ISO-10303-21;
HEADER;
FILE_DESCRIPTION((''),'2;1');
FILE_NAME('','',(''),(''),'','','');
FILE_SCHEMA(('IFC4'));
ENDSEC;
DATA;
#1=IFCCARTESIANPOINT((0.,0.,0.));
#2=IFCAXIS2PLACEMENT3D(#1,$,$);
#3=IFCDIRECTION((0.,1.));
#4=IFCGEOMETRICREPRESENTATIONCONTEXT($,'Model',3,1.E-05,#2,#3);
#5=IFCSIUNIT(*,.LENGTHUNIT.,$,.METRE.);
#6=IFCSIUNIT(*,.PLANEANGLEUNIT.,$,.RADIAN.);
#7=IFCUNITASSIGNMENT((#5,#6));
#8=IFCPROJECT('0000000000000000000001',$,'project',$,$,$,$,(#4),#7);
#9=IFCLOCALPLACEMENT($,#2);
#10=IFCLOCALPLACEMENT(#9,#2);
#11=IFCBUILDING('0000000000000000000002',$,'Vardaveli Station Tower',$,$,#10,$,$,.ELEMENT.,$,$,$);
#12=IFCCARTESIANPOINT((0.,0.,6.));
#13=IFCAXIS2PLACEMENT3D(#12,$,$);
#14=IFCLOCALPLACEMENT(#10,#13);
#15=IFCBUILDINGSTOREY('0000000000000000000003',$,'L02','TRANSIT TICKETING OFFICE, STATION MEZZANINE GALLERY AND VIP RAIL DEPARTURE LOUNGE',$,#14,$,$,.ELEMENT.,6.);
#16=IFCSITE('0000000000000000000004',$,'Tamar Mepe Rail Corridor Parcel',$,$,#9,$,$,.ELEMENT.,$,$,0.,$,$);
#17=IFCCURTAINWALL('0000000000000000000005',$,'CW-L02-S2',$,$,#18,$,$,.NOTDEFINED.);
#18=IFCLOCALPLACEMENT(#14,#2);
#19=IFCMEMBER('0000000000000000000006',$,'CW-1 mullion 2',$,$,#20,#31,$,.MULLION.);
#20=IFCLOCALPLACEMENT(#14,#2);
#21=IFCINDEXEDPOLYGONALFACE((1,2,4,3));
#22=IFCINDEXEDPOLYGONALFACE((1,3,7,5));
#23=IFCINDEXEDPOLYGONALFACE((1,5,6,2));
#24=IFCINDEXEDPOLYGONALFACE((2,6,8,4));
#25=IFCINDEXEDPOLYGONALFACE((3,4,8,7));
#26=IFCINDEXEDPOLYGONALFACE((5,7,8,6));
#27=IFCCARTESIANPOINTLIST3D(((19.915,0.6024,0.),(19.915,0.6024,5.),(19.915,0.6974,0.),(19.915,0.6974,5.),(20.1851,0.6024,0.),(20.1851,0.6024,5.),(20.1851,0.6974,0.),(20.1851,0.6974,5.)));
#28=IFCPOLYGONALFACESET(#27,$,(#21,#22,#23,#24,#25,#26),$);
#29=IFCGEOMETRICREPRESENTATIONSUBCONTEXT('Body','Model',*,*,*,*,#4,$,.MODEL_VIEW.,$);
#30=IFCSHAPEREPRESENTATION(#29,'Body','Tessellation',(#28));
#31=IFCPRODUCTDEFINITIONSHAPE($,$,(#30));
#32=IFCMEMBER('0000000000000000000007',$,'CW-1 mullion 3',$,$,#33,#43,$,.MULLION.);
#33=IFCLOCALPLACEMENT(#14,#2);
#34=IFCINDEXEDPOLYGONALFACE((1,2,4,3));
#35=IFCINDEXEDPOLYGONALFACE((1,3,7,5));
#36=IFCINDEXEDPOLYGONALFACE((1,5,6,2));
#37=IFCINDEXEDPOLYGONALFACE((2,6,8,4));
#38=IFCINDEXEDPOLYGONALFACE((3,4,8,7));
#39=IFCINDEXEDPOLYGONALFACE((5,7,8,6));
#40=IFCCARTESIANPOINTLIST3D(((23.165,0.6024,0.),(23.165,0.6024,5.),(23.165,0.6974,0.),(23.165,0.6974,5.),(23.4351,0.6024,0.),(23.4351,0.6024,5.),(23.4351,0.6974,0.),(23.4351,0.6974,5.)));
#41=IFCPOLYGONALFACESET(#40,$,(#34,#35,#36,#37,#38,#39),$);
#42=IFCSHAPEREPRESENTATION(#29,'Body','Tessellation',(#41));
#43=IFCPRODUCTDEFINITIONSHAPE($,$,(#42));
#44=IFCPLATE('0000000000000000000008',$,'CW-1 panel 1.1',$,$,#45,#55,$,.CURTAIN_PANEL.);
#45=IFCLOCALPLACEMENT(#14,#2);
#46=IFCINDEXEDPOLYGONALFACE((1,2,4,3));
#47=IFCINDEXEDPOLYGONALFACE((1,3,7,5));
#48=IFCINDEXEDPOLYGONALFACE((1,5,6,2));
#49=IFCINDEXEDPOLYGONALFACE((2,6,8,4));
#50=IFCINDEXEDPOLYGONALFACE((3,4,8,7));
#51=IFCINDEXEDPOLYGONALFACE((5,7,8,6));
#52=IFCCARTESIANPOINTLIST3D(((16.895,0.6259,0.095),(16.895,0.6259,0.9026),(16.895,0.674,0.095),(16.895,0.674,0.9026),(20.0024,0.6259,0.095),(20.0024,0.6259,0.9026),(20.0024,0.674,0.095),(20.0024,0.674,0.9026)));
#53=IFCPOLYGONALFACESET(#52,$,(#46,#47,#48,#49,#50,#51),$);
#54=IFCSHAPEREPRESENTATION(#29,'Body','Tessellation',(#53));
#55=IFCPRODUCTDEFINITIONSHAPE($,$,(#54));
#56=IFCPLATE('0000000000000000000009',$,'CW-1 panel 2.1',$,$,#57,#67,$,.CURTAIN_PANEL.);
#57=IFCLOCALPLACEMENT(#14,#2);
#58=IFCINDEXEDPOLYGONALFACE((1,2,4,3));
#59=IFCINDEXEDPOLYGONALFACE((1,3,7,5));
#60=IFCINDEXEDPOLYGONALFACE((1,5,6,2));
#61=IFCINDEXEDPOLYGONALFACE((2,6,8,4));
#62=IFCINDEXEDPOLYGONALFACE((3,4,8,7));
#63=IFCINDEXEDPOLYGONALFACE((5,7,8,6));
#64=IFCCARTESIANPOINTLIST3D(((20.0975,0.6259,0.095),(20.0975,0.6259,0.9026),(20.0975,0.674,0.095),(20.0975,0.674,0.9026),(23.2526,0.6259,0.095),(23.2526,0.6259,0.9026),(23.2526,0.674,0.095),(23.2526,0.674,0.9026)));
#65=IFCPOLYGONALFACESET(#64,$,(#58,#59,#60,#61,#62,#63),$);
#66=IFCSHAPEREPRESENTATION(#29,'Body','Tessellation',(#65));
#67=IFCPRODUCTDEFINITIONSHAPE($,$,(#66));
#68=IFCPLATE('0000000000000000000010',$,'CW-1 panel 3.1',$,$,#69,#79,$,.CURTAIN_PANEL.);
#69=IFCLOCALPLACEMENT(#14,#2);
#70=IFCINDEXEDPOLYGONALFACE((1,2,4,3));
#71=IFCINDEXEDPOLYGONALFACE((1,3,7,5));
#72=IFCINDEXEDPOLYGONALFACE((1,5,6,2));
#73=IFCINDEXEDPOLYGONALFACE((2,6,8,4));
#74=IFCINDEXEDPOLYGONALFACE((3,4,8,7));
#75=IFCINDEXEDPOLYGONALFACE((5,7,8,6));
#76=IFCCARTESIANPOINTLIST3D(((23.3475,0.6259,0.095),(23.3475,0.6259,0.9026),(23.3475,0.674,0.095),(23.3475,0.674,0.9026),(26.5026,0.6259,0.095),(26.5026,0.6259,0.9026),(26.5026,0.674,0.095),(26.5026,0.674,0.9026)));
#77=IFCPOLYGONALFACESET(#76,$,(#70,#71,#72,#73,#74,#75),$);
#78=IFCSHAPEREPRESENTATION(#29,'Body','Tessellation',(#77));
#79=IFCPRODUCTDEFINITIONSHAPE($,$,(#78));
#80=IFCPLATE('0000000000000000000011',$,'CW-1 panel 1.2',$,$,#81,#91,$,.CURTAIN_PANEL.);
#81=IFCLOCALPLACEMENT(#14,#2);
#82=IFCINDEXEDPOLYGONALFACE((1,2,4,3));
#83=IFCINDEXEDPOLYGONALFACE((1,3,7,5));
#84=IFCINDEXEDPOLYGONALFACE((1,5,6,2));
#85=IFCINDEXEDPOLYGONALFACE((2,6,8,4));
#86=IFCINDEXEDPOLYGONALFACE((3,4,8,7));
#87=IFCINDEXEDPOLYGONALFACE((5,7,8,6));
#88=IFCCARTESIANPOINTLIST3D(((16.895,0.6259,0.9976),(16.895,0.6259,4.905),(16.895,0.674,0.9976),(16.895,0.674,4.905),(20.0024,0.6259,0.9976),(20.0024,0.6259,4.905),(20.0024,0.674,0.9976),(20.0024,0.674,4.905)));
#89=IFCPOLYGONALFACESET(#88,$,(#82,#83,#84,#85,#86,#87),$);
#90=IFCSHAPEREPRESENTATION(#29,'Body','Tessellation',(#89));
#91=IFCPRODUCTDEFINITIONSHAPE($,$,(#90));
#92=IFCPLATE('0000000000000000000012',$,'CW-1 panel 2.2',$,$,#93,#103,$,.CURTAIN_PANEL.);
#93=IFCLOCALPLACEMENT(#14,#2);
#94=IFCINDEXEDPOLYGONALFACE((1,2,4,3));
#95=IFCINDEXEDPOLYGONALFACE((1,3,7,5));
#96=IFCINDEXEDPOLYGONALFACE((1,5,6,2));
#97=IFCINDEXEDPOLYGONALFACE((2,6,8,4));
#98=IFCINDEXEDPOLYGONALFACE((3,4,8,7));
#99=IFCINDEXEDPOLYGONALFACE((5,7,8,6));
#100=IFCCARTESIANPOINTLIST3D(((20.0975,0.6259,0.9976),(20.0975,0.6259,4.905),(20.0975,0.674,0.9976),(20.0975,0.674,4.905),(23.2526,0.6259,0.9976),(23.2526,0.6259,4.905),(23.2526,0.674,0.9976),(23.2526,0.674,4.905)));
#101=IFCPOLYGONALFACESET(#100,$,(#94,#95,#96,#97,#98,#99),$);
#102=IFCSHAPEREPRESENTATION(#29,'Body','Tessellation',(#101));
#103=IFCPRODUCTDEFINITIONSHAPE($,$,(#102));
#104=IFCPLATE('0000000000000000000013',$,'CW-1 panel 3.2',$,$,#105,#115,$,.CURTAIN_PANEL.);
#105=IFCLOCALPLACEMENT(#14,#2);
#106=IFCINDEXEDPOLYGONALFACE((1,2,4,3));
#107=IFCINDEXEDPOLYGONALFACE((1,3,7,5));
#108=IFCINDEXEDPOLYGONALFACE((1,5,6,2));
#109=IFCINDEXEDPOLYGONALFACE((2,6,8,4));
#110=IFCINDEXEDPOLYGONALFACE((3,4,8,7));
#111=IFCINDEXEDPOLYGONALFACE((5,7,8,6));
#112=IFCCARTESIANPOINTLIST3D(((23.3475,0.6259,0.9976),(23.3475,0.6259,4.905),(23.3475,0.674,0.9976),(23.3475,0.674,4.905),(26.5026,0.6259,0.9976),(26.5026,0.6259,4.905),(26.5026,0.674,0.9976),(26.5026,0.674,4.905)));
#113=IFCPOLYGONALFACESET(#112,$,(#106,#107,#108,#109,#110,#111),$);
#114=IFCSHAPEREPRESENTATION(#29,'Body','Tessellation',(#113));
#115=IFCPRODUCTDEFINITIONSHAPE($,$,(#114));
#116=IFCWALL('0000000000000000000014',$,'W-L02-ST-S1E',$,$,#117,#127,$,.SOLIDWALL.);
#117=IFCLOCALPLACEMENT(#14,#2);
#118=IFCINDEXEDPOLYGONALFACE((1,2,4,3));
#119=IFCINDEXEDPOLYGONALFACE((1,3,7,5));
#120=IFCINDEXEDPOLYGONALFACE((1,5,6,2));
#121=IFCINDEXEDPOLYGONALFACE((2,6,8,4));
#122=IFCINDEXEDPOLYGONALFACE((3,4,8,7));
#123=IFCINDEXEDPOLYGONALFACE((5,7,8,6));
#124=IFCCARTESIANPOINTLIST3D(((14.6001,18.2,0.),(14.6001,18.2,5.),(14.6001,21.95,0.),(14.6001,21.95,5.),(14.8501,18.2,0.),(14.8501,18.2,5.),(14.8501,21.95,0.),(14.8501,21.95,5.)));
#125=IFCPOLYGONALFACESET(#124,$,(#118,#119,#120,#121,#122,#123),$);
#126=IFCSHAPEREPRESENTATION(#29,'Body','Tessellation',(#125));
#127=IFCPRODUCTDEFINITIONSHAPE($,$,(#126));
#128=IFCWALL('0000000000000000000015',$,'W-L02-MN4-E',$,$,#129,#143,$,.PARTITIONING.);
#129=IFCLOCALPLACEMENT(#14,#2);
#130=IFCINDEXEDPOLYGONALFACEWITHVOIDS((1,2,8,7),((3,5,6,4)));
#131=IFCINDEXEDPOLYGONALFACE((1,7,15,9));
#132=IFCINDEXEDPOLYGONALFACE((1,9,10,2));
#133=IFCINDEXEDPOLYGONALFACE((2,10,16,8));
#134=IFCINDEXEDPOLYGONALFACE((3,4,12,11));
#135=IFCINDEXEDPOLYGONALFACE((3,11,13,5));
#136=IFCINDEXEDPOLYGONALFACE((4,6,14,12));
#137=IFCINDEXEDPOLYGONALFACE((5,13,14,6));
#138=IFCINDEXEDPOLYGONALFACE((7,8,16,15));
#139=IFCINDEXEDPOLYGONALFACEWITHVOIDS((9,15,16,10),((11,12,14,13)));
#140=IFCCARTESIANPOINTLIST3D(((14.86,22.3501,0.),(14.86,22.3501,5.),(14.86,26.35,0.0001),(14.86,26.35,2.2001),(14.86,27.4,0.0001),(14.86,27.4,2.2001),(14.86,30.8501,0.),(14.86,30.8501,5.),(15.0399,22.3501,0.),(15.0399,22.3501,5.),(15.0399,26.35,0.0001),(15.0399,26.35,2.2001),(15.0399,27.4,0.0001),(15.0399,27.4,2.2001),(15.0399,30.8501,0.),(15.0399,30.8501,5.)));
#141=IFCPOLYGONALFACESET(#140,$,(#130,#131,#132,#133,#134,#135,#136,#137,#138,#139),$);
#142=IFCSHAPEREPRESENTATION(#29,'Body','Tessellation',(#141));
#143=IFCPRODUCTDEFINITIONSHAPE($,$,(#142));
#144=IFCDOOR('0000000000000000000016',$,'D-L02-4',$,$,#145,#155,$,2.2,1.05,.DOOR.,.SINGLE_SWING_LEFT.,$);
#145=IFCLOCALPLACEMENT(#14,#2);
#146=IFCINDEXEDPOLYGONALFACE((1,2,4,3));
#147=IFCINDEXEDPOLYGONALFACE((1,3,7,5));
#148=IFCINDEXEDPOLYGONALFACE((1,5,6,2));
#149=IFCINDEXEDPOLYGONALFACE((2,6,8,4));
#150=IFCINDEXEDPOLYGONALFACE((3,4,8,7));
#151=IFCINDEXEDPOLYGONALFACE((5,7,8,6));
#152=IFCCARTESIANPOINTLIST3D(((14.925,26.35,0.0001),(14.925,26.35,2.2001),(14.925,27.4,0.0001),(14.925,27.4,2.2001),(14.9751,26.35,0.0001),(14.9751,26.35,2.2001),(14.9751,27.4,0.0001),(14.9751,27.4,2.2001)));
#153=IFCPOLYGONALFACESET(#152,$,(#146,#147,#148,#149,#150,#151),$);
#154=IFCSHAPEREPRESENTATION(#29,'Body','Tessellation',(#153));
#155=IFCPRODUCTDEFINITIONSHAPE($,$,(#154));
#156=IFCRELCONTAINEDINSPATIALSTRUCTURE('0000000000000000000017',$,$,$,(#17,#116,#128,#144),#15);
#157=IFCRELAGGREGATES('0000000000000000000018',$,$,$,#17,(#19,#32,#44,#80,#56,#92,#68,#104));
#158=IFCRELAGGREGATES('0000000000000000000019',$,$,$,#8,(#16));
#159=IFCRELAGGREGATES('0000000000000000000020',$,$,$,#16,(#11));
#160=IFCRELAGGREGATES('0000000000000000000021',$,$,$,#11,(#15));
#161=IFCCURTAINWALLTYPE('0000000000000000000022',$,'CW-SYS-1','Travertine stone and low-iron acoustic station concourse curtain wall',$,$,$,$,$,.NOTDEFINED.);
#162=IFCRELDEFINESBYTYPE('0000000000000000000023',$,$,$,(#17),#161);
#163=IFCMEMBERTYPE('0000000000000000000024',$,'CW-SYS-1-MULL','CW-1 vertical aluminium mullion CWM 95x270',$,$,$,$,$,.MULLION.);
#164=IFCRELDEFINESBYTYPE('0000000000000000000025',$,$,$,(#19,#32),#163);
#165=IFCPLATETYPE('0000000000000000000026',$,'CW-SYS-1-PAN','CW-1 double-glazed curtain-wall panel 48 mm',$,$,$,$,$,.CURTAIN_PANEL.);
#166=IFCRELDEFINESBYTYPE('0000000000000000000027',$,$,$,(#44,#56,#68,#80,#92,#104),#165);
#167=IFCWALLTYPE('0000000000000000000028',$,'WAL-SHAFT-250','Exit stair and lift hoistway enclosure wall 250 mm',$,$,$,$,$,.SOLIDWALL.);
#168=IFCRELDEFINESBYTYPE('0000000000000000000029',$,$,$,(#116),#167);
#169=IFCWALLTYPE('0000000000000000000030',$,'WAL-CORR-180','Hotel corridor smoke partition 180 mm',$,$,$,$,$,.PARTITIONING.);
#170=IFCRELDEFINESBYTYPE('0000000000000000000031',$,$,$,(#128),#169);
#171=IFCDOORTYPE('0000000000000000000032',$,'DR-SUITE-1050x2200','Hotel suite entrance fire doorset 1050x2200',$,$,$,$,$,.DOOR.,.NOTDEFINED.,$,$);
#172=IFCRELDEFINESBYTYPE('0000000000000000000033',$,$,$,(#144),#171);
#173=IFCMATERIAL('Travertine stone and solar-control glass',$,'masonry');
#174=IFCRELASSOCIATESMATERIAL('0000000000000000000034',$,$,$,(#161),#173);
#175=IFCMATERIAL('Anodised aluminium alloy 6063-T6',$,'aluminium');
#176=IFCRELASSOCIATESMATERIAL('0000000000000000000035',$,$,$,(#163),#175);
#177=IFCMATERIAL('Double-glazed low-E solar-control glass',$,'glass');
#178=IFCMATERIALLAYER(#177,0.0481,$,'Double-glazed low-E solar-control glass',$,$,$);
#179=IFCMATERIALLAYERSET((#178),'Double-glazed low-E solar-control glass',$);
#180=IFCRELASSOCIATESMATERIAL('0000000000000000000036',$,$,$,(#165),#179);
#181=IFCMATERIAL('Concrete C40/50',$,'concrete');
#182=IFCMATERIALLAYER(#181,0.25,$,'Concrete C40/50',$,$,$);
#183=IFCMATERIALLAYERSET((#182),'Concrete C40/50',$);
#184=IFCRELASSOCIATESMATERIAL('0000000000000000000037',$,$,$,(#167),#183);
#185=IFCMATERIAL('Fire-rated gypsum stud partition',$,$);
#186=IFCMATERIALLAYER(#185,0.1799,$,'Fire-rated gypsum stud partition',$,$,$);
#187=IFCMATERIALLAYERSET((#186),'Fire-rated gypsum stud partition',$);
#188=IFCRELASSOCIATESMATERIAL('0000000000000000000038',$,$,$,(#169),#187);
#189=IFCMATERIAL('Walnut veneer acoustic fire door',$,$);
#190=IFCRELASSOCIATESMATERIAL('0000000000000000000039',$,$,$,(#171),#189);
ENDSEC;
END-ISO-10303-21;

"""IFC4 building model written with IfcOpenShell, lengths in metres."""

from ifc_helpers import new_model, si_unit, direction, frame, frame_2d, origin, origin_2d, place, context, subcontext, project, spatial, rectangle, extrude, source, transform, mapped, material, layer, layer_set, material_profile, profile_set, type_object, element, fill, aggregate, save


model = new_model("IFC4")

# Units and contexts
model_context = context("Model", 3, precision=1e-05, world=origin(), true_north=direction((0.0, 1.0)))
body_context = subcontext(model_context, "Body", "Model", "MODEL_VIEW")
ifc_project = project(units=[si_unit("LENGTHUNIT", "METRE"), si_unit("PLANEANGLEUNIT", "RADIAN")], contexts=[model_context])

# Site, building, storey
site_placement = place(None, origin())
site = spatial("IfcSite", under=ifc_project, at=site_placement, Name="Tamar Mepe Rail Corridor Parcel", CompositionType="ELEMENT", RefElevation=0.0)
building_placement = place(site_placement, origin())
building = spatial("IfcBuilding", under=site, at=building_placement, Name="Vardaveli Station Tower", CompositionType="ELEMENT")
storey_placement = place(building_placement, frame((0.0, 0.0, 6.0)))
storey = spatial("IfcBuildingStorey", under=building, at=storey_placement, Name="L02", Description="TRANSIT TICKETING OFFICE, STATION MEZZANINE GALLERY AND VIP RAIL DEPARTURE LOUNGE", CompositionType="ELEMENT", Elevation=6.0)

# Curtain wall, members, plates
ifc_material_1 = material(Name="Travertine stone and solar-control glass", Category="masonry")
curtain_wall_type = type_object("IfcCurtainWallType", Name="CW-SYS-1", Description="Travertine stone and low-iron acoustic station concourse curtain wall", PredefinedType="NOTDEFINED", material=ifc_material_1)
curtain_wall_placement = place(storey_placement, origin())
curtain_wall = element("IfcCurtainWall", 1, at=curtain_wall_placement, inside=storey, type_object=curtain_wall_type, Name="CW-L02-S2", PredefinedType="NOTDEFINED")
ifc_material_2 = material(Name="Anodised aluminium alloy 6063-T6", Category="aluminium")
ifc_material_profile_1 = material_profile(ifc_material_2, rectangle(XDim=0.095, YDim=0.27, at=origin_2d()), Name="CWM 95x270")
ifc_profile_set_1 = profile_set([ifc_material_profile_1], Name="Anodised aluminium alloy 6063-T6")
member_type_1 = type_object("IfcMemberType", Name="CW-SYS-1-MULL", Description="CW-1 vertical aluminium mullion CWM 95x270", PredefinedType="MULLION", material=ifc_profile_set_1)
shared_shape_1 = source(origin(), body_context, "Body", "SweptSolid", [
    extrude(rectangle(XDim=0.095, YDim=0.27, at=origin_2d()), origin(), (0.0, 0.0, 1.0), 5.0),
])
member_1_placement = place(storey_placement, frame((20.05, 0.6499, 0.0), z_axis=(0.0, 0.0, 1.0), x_axis=(0.0, 1.0, 0.0)))
member_1 = element("IfcMember", 2, at=member_1_placement, type_object=member_type_1, Name="CW-1 mullion 2", PredefinedType="MULLION", context=body_context, shape_type="MappedRepresentation", body=[
    mapped(shared_shape_1, transform((0.0, 0.0, 0.0), scale=1.0)),
])
member_2_placement = place(storey_placement, frame((23.3, 0.6499, 0.0), z_axis=(0.0, 0.0, 1.0), x_axis=(0.0, 1.0, 0.0)))
member_2 = element("IfcMember", 3, at=member_2_placement, type_object=member_type_1, Name="CW-1 mullion 3", PredefinedType="MULLION", context=body_context, shape_type="MappedRepresentation", body=[
    mapped(shared_shape_1, transform((0.0, 0.0, 0.0), scale=1.0)),
])
ifc_material_3 = material(Name="Double-glazed low-E solar-control glass", Category="glass")
ifc_layer_1 = layer(ifc_material_3, 0.0481, Name="Double-glazed low-E solar-control glass")
ifc_layer_set_1 = layer_set([ifc_layer_1], Name="Double-glazed low-E solar-control glass")
plate_type = type_object("IfcPlateType", Name="CW-SYS-1-PAN", Description="CW-1 double-glazed curtain-wall panel 48 mm", PredefinedType="CURTAIN_PANEL", material=ifc_layer_set_1)
shared_shape_2 = source(origin(), body_context, "Body", "SweptSolid", [
    extrude(rectangle(XDim=3.1074, YDim=0.0481, at=origin_2d()), origin(), (0.0, 0.0, 1.0), 0.8076),
])
plate_1_placement = place(storey_placement, frame((18.4487, 0.6499, 0.095), z_axis=(0.0, 0.0, 1.0), x_axis=(1.0, 0.0, 0.0)))
plate_1 = element("IfcPlate", 4, at=plate_1_placement, type_object=plate_type, Name="CW-1 panel 1.1", PredefinedType="CURTAIN_PANEL", context=body_context, shape_type="MappedRepresentation", body=[
    mapped(shared_shape_2, transform((0.0, 0.0, 0.0), scale=1.0)),
])
shared_shape_3 = source(origin(), body_context, "Body", "SweptSolid", [
    extrude(rectangle(XDim=3.155, YDim=0.0481, at=origin_2d()), origin(), (0.0, 0.0, 1.0), 0.8076),
])
plate_2_placement = place(storey_placement, frame((21.675, 0.6499, 0.095), z_axis=(0.0, 0.0, 1.0), x_axis=(1.0, 0.0, 0.0)))
plate_2 = element("IfcPlate", 5, at=plate_2_placement, type_object=plate_type, Name="CW-1 panel 2.1", PredefinedType="CURTAIN_PANEL", context=body_context, shape_type="MappedRepresentation", body=[
    mapped(shared_shape_3, transform((0.0, 0.0, 0.0), scale=1.0)),
])
plate_3_placement = place(storey_placement, frame((24.925, 0.6499, 0.095), z_axis=(0.0, 0.0, 1.0), x_axis=(1.0, 0.0, 0.0)))
plate_3 = element("IfcPlate", 6, at=plate_3_placement, type_object=plate_type, Name="CW-1 panel 3.1", PredefinedType="CURTAIN_PANEL", context=body_context, shape_type="MappedRepresentation", body=[
    mapped(shared_shape_3, transform((0.0, 0.0, 0.0), scale=1.0)),
])
shared_shape_4 = source(origin(), body_context, "Body", "SweptSolid", [
    extrude(rectangle(XDim=3.1074, YDim=0.0481, at=origin_2d()), origin(), (0.0, 0.0, 1.0), 3.9075),
])
plate_4_placement = place(storey_placement, frame((18.4487, 0.6499, 0.9976), z_axis=(0.0, 0.0, 1.0), x_axis=(1.0, 0.0, 0.0)))
plate_4 = element("IfcPlate", 7, at=plate_4_placement, type_object=plate_type, Name="CW-1 panel 1.2", PredefinedType="CURTAIN_PANEL", context=body_context, shape_type="MappedRepresentation", body=[
    mapped(shared_shape_4, transform((0.0, 0.0, 0.0), scale=1.0)),
])
shared_shape_5 = source(origin(), body_context, "Body", "SweptSolid", [
    extrude(rectangle(XDim=3.155, YDim=0.0481, at=origin_2d()), origin(), (0.0, 0.0, 1.0), 3.9075),
])
plate_5_placement = place(storey_placement, frame((21.675, 0.6499, 0.9976), z_axis=(0.0, 0.0, 1.0), x_axis=(1.0, 0.0, 0.0)))
plate_5 = element("IfcPlate", 8, at=plate_5_placement, type_object=plate_type, Name="CW-1 panel 2.2", PredefinedType="CURTAIN_PANEL", context=body_context, shape_type="MappedRepresentation", body=[
    mapped(shared_shape_5, transform((0.0, 0.0, 0.0), scale=1.0)),
])
plate_6_placement = place(storey_placement, frame((24.925, 0.6499, 0.9976), z_axis=(0.0, 0.0, 1.0), x_axis=(1.0, 0.0, 0.0)))
plate_6 = element("IfcPlate", 9, at=plate_6_placement, type_object=plate_type, Name="CW-1 panel 3.2", PredefinedType="CURTAIN_PANEL", context=body_context, shape_type="MappedRepresentation", body=[
    mapped(shared_shape_5, transform((0.0, 0.0, 0.0), scale=1.0)),
])
aggregate(curtain_wall, [member_1, member_2, plate_1, plate_4, plate_2, plate_5, plate_3, plate_6])

# Wall
ifc_material_4 = material(Name="Concrete C40/50", Category="concrete")
ifc_layer_2 = layer(ifc_material_4, 0.25, Name="Concrete C40/50")
ifc_layer_set_2 = layer_set([ifc_layer_2], Name="Concrete C40/50")
wall_type_1 = type_object("IfcWallType", Name="WAL-SHAFT-250", Description="Exit stair and lift hoistway enclosure wall 250 mm", PredefinedType="SOLIDWALL", material=ifc_layer_set_2)
shared_shape_6 = source(origin(), body_context, "Body", "SweptSolid", [
    extrude(rectangle(XDim=3.75, YDim=0.25, at=frame_2d((1.875, 0.0))), origin(), (0.0, 0.0, 1.0), 5.0),
])
wall_1_placement = place(storey_placement, frame((14.7251, 18.2, 0.0), z_axis=(0.0, 0.0, 1.0), x_axis=(0.0, 1.0, 0.0)))
element("IfcWall", 10, at=wall_1_placement, inside=storey, type_object=wall_type_1, Name="W-L02-ST-S1E", PredefinedType="SOLIDWALL", context=body_context, shape_type="MappedRepresentation", body=[
    mapped(shared_shape_6, transform((0.0, 0.0, 0.0), scale=1.0)),
])

# Wall, opening, door
ifc_material_5 = material(Name="Fire-rated gypsum stud partition")
ifc_layer_3 = layer(ifc_material_5, 0.1799, Name="Fire-rated gypsum stud partition")
ifc_layer_set_3 = layer_set([ifc_layer_3], Name="Fire-rated gypsum stud partition")
wall_type_2 = type_object("IfcWallType", Name="WAL-CORR-180", Description="Hotel corridor smoke partition 180 mm", PredefinedType="PARTITIONING", material=ifc_layer_set_3)
shared_shape_7 = source(origin(), body_context, "Body", "SweptSolid", [
    extrude(rectangle(XDim=8.5, YDim=0.1799, at=frame_2d((4.25, 0.0))), origin(), (0.0, 0.0, 1.0), 5.0),
])
wall_2_placement = place(storey_placement, frame((14.95, 22.3501, 0.0), z_axis=(0.0, 0.0, 1.0), x_axis=(0.0, 1.0, 0.0)))
wall_2 = element("IfcWall", 11, at=wall_2_placement, inside=storey, type_object=wall_type_2, Name="W-L02-MN4-E", PredefinedType="PARTITIONING", context=body_context, shape_type="MappedRepresentation", body=[
    mapped(shared_shape_7, transform((0.0, 0.0, 0.0), scale=1.0)),
])
shared_shape_8 = source(origin(), body_context, "Body", "SweptSolid", [
    extrude(rectangle(XDim=1.05, YDim=2.2, at=frame_2d((0.5249, 1.1001))), frame((0.0, 0.1001, 0.0), z_axis=(0.0, -1.0, 0.0), x_axis=(1.0, 0.0, 0.0)), (0.0, 0.0, 1.0), 0.2),
])
opening_placement = place(wall_2_placement, frame((4.0, 0.0, 0.0)))
opening = element("IfcOpeningElement", 12, at=opening_placement, cuts=wall_2, PredefinedType="OPENING", context=body_context, shape_type="MappedRepresentation", body=[
    mapped(shared_shape_8, transform((0.0, 0.0, 0.0), scale=1.0)),
])
ifc_material_6 = material(Name="Walnut veneer acoustic fire door")
door_type = type_object("IfcDoorType", Name="DR-SUITE-1050x2200", Description="Hotel suite entrance fire doorset 1050x2200", OperationType="NOTDEFINED", PredefinedType="DOOR", material=ifc_material_6)
shared_shape_9 = source(origin(), body_context, "Body", "SweptSolid", [
    extrude(rectangle(XDim=1.05, YDim=2.2, at=frame_2d((0.5249, 1.1001))), frame((0.0, 0.0249, 0.0), z_axis=(0.0, -1.0, 0.0), x_axis=(1.0, 0.0, 0.0)), (0.0, 0.0, 1.0), 0.05),
])
door_placement = place(opening_placement, origin())
door = element("IfcDoor", 13, at=door_placement, inside=storey, type_object=door_type, Name="D-L02-4", OperationType="SINGLE_SWING_LEFT", OverallHeight=2.2, OverallWidth=1.05, PredefinedType="DOOR", context=body_context, shape_type="MappedRepresentation", body=[
    mapped(shared_shape_9, transform((0.0, 0.0, 0.0), scale=1.0)),
])
fill(opening, door)

save(model, "model.ifc")
